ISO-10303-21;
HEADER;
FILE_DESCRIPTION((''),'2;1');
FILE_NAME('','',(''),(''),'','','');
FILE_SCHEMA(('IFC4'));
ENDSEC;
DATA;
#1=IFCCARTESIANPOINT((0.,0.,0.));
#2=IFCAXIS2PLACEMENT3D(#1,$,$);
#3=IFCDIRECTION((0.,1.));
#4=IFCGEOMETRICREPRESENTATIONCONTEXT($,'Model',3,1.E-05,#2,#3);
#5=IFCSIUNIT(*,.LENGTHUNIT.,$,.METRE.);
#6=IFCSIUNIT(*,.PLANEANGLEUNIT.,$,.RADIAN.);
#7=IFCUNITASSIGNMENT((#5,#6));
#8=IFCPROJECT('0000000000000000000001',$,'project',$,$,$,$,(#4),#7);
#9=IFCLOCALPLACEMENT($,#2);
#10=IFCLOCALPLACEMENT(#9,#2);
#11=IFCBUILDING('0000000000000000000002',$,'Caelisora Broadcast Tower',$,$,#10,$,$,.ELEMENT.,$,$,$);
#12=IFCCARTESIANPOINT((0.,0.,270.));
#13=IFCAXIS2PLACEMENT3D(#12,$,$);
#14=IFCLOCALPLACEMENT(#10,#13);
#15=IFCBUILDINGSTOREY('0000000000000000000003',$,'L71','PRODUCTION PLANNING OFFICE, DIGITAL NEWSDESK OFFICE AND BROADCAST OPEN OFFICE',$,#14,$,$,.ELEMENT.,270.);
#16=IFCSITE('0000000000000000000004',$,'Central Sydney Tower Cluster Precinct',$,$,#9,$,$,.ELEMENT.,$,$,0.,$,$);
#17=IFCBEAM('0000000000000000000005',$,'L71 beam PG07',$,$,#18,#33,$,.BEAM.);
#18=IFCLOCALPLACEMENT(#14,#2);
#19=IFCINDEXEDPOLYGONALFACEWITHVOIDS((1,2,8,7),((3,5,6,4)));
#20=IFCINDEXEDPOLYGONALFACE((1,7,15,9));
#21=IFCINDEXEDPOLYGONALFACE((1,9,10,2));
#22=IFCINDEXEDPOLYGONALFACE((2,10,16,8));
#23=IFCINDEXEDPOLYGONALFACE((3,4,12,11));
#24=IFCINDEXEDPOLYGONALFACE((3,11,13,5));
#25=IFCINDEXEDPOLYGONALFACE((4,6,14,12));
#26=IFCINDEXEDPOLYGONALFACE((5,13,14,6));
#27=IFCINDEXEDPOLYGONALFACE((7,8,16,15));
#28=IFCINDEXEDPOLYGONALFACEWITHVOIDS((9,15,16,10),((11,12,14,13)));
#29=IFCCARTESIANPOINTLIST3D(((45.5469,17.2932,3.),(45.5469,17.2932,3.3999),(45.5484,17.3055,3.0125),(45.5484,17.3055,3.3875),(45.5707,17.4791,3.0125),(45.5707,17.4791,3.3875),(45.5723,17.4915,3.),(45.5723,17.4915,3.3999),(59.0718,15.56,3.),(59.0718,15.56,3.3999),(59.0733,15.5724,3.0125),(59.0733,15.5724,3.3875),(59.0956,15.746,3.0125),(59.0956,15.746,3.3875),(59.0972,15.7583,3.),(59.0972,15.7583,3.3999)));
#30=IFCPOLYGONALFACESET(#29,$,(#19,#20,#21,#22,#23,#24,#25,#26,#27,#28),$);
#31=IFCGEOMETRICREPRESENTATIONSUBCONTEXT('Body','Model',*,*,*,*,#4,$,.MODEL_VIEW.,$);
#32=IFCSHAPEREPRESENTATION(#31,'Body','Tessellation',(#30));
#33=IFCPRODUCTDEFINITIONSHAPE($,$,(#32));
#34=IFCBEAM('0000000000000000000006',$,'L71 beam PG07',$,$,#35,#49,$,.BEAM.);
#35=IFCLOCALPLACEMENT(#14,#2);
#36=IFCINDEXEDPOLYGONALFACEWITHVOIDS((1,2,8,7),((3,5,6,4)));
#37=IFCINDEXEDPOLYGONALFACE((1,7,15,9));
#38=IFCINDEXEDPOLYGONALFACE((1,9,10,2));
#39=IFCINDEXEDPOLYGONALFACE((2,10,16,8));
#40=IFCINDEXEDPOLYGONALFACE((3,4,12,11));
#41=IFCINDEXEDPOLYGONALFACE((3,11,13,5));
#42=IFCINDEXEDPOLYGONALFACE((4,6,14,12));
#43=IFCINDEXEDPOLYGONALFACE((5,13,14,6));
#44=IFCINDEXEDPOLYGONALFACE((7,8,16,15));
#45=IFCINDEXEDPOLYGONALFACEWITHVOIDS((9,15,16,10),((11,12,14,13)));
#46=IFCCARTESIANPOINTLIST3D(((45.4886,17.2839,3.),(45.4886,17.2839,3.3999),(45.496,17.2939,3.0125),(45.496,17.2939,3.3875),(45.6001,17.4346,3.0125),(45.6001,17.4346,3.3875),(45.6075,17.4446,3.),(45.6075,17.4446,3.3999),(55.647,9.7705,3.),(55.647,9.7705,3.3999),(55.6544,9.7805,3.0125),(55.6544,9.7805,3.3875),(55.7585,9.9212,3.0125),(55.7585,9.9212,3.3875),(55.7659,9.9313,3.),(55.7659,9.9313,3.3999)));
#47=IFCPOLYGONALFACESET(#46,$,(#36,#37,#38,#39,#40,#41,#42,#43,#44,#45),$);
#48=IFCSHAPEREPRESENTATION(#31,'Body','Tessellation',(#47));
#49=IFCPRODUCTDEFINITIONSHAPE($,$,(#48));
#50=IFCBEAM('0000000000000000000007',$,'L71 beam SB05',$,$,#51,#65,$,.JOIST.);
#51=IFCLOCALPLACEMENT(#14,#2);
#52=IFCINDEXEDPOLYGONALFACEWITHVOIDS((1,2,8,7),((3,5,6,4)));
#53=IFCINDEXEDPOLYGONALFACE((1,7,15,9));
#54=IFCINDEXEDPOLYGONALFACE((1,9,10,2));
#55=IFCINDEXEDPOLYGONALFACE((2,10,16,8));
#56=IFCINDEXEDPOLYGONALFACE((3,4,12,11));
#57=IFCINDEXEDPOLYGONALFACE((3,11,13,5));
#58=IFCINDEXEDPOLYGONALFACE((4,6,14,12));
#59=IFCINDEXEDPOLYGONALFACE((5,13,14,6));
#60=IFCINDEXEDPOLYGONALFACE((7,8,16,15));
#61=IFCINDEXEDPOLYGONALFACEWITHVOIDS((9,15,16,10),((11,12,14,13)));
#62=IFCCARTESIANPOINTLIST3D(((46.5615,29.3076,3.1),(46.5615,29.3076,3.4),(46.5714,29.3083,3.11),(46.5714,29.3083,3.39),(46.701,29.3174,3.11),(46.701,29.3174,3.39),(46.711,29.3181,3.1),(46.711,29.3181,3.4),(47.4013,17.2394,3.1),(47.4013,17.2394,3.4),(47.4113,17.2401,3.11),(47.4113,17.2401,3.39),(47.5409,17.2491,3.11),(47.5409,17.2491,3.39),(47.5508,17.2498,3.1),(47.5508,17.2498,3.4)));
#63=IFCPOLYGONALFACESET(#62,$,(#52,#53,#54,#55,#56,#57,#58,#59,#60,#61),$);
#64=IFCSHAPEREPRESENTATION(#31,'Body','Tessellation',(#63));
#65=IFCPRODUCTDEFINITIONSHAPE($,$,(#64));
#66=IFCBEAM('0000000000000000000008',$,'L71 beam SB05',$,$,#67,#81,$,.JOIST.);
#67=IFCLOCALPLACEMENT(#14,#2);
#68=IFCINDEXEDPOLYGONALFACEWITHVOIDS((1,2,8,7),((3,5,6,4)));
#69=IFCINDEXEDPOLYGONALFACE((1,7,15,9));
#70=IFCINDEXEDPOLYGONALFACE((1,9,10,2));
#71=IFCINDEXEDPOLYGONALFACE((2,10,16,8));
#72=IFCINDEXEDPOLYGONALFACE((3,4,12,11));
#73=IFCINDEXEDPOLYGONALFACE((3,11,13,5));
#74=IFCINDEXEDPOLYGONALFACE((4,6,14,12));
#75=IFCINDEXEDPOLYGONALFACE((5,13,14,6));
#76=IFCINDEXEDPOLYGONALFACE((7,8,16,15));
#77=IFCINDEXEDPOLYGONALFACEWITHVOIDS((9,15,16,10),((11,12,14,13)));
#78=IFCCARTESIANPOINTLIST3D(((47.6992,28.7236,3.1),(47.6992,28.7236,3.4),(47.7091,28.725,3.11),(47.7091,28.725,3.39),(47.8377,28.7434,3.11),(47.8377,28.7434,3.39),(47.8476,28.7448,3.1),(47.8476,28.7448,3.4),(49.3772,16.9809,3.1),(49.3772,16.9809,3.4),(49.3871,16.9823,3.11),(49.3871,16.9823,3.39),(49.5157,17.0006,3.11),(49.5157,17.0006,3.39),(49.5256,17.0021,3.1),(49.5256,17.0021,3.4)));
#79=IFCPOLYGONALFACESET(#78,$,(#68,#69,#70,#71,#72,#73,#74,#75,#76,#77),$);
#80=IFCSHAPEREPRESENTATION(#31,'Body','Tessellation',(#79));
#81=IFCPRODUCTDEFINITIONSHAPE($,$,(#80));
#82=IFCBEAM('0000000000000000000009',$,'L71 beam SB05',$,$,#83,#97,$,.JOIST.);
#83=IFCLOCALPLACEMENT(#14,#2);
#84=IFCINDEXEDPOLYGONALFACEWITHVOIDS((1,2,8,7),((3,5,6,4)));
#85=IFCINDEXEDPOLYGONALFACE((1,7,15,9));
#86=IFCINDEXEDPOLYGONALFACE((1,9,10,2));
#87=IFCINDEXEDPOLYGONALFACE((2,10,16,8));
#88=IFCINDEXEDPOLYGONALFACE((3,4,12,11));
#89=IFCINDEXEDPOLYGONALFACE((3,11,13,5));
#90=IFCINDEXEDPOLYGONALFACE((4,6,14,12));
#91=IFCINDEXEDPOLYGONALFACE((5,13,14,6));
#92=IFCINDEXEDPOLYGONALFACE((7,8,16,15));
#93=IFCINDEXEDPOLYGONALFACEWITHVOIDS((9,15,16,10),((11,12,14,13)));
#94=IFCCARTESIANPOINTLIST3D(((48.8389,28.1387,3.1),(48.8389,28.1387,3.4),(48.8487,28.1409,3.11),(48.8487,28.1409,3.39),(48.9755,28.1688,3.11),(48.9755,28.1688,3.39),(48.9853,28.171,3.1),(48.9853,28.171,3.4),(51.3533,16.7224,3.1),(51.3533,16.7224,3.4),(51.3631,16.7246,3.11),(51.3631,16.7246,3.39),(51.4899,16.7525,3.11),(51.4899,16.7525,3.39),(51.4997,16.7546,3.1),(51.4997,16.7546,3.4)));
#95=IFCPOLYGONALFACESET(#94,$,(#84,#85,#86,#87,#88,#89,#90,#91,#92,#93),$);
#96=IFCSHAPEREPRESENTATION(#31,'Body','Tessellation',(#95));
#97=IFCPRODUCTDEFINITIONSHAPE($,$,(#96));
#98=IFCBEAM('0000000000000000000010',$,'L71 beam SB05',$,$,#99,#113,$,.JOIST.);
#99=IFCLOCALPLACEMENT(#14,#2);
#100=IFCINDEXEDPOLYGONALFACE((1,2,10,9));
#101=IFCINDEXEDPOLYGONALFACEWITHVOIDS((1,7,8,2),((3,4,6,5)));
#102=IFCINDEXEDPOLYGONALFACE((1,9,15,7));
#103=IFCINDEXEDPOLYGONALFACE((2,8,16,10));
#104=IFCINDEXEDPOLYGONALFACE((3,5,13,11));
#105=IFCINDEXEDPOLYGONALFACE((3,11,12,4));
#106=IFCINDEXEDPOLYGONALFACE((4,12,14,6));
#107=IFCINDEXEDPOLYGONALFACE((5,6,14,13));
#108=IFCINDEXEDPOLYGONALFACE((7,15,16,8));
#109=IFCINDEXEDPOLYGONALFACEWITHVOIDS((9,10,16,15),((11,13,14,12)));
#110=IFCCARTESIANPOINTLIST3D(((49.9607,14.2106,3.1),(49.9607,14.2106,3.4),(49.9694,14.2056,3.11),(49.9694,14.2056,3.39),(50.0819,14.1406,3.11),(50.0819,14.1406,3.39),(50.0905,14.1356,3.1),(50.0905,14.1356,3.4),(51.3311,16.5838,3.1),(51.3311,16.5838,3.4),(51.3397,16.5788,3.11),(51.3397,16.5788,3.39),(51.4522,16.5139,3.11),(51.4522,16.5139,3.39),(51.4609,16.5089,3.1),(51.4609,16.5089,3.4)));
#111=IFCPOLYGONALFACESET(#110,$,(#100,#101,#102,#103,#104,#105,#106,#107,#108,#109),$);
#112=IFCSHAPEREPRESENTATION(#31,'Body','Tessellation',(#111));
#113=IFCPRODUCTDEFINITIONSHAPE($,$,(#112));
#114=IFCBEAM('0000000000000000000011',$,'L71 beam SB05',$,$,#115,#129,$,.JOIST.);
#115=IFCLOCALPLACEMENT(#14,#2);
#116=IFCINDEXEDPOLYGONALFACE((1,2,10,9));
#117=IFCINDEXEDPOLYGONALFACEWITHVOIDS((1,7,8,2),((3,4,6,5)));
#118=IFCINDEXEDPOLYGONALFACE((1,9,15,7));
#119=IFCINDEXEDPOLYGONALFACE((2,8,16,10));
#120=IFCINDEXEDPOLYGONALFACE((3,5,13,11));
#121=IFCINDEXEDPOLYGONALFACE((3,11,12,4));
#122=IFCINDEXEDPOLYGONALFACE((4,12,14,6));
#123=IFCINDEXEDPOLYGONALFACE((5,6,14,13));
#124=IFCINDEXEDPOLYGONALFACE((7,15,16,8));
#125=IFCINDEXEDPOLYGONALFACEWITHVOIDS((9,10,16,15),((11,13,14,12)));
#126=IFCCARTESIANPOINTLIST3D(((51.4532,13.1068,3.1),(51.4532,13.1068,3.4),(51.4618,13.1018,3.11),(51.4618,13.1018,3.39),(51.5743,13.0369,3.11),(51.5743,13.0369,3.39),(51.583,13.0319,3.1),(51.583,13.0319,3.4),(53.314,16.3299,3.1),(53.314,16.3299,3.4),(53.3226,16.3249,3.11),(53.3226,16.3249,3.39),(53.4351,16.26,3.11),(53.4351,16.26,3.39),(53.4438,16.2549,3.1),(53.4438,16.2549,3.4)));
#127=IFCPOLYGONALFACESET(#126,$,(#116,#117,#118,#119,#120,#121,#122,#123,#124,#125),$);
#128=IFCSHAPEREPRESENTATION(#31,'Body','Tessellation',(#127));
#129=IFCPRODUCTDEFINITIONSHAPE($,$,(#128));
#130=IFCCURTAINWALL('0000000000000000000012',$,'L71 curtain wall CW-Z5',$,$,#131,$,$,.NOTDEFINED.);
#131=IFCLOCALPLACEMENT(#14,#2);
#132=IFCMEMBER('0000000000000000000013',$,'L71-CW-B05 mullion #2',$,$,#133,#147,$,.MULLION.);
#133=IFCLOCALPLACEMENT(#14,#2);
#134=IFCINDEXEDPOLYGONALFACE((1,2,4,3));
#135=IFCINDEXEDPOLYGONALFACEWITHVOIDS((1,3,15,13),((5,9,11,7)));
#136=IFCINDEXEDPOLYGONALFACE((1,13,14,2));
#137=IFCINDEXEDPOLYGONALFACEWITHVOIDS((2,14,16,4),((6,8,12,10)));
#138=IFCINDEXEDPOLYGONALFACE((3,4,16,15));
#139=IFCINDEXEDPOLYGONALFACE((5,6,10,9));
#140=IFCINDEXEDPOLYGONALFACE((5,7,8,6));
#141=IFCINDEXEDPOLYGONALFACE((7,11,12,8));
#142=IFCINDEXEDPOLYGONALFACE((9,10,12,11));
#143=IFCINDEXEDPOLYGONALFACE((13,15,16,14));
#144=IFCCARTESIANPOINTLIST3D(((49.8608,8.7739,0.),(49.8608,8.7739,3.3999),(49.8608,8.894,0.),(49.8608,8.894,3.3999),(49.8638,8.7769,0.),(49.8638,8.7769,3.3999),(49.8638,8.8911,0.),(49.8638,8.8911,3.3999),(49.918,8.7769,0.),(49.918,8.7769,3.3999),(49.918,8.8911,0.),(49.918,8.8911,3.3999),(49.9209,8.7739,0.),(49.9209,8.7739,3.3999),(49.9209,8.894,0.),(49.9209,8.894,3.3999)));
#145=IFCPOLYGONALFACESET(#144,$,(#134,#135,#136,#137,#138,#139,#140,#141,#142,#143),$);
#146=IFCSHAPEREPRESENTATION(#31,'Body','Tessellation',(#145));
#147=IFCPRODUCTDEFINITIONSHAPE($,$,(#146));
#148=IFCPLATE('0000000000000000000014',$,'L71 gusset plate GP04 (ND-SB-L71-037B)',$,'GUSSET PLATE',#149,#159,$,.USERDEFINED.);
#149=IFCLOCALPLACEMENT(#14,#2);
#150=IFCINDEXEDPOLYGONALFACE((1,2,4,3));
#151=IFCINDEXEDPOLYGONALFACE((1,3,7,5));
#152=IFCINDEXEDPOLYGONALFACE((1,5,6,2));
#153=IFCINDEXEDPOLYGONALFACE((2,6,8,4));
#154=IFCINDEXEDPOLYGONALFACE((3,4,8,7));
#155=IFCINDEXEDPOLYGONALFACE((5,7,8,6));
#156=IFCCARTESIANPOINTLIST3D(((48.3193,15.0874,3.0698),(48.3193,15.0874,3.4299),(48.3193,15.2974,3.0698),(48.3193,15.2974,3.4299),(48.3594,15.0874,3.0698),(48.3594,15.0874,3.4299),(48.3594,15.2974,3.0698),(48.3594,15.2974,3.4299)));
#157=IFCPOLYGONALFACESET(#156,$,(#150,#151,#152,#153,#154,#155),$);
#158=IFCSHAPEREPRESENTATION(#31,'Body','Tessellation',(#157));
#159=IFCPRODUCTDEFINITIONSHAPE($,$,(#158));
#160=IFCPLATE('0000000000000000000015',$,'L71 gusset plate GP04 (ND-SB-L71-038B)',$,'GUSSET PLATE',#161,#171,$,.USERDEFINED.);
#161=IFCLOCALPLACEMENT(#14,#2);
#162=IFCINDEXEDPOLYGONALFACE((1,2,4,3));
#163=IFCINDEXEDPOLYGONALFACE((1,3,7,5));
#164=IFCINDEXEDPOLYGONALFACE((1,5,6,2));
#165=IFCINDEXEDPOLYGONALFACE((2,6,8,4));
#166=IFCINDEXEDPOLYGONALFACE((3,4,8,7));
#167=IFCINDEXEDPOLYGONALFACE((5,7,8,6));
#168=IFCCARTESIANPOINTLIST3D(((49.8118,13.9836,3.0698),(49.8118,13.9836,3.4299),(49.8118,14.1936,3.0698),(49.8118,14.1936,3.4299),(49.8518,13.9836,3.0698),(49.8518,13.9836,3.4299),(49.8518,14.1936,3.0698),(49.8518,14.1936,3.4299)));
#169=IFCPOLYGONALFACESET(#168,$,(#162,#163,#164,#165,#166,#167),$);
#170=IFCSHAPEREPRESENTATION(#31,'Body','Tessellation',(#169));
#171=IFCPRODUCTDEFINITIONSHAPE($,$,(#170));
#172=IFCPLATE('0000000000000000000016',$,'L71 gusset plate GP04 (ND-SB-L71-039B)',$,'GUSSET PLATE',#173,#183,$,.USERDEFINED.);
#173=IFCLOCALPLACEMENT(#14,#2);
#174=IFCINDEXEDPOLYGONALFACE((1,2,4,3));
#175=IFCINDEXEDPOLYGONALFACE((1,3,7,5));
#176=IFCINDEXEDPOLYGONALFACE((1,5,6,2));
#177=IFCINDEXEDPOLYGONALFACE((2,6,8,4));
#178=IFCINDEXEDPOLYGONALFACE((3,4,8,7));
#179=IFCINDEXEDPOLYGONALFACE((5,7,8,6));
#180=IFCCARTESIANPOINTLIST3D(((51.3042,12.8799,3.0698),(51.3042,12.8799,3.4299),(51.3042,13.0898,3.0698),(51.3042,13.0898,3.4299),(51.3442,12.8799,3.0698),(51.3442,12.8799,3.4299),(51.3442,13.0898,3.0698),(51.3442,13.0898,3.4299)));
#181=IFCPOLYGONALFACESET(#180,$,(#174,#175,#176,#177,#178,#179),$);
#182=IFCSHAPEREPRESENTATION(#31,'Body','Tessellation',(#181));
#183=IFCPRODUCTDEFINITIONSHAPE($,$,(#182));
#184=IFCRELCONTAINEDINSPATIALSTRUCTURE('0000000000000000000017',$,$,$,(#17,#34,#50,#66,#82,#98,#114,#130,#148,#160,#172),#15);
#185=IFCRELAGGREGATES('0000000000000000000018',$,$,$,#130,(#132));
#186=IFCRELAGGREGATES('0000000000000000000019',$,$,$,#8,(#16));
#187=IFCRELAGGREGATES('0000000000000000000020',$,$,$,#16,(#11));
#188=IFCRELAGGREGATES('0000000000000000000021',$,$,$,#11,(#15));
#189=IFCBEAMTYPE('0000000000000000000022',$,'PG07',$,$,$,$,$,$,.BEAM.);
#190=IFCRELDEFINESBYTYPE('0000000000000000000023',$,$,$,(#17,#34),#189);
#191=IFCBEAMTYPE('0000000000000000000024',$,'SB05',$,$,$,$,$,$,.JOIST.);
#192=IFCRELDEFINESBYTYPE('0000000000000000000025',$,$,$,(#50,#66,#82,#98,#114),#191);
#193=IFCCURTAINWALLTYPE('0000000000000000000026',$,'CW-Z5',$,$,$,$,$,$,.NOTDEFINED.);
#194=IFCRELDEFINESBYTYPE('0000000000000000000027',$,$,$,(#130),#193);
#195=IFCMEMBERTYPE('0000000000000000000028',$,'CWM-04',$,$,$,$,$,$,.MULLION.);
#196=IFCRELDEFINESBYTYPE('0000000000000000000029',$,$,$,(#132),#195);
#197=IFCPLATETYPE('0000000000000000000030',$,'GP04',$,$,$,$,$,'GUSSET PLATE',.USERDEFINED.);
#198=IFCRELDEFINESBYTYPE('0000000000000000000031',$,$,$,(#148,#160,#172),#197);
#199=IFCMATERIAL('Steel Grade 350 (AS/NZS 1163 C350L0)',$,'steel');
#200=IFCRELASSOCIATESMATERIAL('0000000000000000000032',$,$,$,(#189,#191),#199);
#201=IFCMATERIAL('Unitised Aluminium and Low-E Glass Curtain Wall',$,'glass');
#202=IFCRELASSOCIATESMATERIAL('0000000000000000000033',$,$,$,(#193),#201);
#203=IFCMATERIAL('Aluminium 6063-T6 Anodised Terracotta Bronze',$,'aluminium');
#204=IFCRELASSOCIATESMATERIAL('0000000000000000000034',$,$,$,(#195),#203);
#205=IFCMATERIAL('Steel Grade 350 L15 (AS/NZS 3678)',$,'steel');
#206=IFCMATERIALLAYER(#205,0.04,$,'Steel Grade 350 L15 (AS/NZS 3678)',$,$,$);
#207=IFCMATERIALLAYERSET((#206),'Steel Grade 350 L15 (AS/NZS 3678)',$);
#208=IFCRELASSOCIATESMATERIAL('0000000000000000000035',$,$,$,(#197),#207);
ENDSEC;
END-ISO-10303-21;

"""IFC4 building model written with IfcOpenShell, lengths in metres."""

from ifc_helpers import new_model, si_unit, direction, frame, origin, origin_2d, place, context, subcontext, project, spatial, rectangle, hollow_rectangle, extrude, source, transform, mapped, material, layer, layer_set, material_profile, profile_set, type_object, type_shapes, element, aggregate, save


model = new_model("IFC4")

# Units and contexts
model_context = context("Model", 3, precision=1e-05, world=origin(), true_north=direction((0.0, 1.0)))
body_context = subcontext(model_context, "Body", "Model", "MODEL_VIEW")
ifc_project = project(units=[si_unit("LENGTHUNIT", "METRE"), si_unit("PLANEANGLEUNIT", "RADIAN")], contexts=[model_context])

# Site, building, storey
site_placement = place(None, origin())
site = spatial("IfcSite", under=ifc_project, at=site_placement, Name="Central Sydney Tower Cluster Precinct", CompositionType="ELEMENT", RefElevation=0.0)
building_placement = place(site_placement, origin())
building = spatial("IfcBuilding", under=site, at=building_placement, Name="Caelisora Broadcast Tower", CompositionType="ELEMENT")
storey_placement = place(building_placement, frame((0.0, 0.0, 270.0)))
storey = spatial("IfcBuildingStorey", under=building, at=storey_placement, Name="L71", Description="PRODUCTION PLANNING OFFICE, DIGITAL NEWSDESK OFFICE AND BROADCAST OPEN OFFICE", CompositionType="ELEMENT", Elevation=270.0)

# Beams
ifc_material_1 = material(Name="Steel Grade 350 (AS/NZS 1163 C350L0)", Category="steel")
ifc_material_profile_1 = material_profile(ifc_material_1, hollow_rectangle(XDim=0.2, YDim=0.3999, WallThickness=0.0125, at=origin_2d()), Name="Steel Grade 350 (AS/NZS 1163 C350L0)")
ifc_profile_set_1 = profile_set([ifc_material_profile_1], Name="Steel Grade 350 (AS/NZS 1163 C350L0)")
beam_type_1 = type_object("IfcBeamType", Name="PG07", PredefinedType="BEAM", material=ifc_profile_set_1)
shared_shape_1 = source(origin(), body_context, "Body", "SweptSolid", [
    extrude(hollow_rectangle(XDim=0.2, YDim=0.3999, WallThickness=0.0125, at=origin_2d()), origin(), (0.0, 0.0, 1.0), 13.6355),
])
beam_1_placement = place(storey_placement, frame((45.5596, 17.3923, 3.2), z_axis=(0.991889, -0.127106, 0.0), x_axis=(0.127106, 0.991889, 0.0)))
element("IfcBeam", 1, at=beam_1_placement, inside=storey, type_object=beam_type_1, Name="L71 beam PG07", PredefinedType="BEAM", context=body_context, shape_type="MappedRepresentation", body=[
    mapped(shared_shape_1, transform((0.0, 0.0, 0.0), scale=1.0)),
])
shared_shape_2 = source(origin(), body_context, "Body", "SweptSolid", [
    extrude(hollow_rectangle(XDim=0.2, YDim=0.3999, WallThickness=0.0125, at=origin_2d()), origin(), (0.0, 0.0, 1.0), 12.635),
])
type_shapes(beam_type_1, [shared_shape_1, shared_shape_2])
beam_2_placement = place(storey_placement, frame((45.5481, 17.3643, 3.2), z_axis=(0.803987, -0.594647, 0.0), x_axis=(0.594647, 0.803987, 0.0)))
element("IfcBeam", 2, at=beam_2_placement, inside=storey, type_object=beam_type_1, Name="L71 beam PG07", PredefinedType="BEAM", context=body_context, shape_type="MappedRepresentation", body=[
    mapped(shared_shape_2, transform((0.0, 0.0, 0.0), scale=1.0)),
])
ifc_material_profile_2 = material_profile(ifc_material_1, hollow_rectangle(XDim=0.1499, YDim=0.3, WallThickness=0.01, at=origin_2d()), Name="Steel Grade 350 (AS/NZS 1163 C350L0)")
ifc_profile_set_2 = profile_set([ifc_material_profile_2], Name="Steel Grade 350 (AS/NZS 1163 C350L0)")
beam_type_2 = type_object("IfcBeamType", Name="SB05", PredefinedType="JOIST", material=ifc_profile_set_2)
shared_shape_3 = source(origin(), body_context, "Body", "SweptSolid", [
    extrude(hollow_rectangle(XDim=0.1499, YDim=0.3, WallThickness=0.01, at=origin_2d()), origin(), (0.0, 0.0, 1.0), 12.0974),
])
beam_3_placement = place(storey_placement, frame((47.4761, 17.2446, 3.25), z_axis=(-0.069424, 0.997587, 0.0), x_axis=(-0.997587, -0.069424, 0.0)))
element("IfcBeam", 3, at=beam_3_placement, inside=storey, type_object=beam_type_2, Name="L71 beam SB05", PredefinedType="JOIST", context=body_context, shape_type="MappedRepresentation", body=[
    mapped(shared_shape_3, transform((0.0, 0.0, 0.0), scale=1.0)),
])
shared_shape_4 = source(origin(), body_context, "Body", "SweptSolid", [
    extrude(hollow_rectangle(XDim=0.1499, YDim=0.3, WallThickness=0.01, at=origin_2d()), origin(), (0.0, 0.0, 1.0), 11.8621),
])
beam_4_placement = place(storey_placement, frame((49.4514, 16.9915, 3.25), z_axis=(-0.141459, 0.989944, 0.0), x_axis=(-0.989944, -0.141459, 0.0)))
element("IfcBeam", 4, at=beam_4_placement, inside=storey, type_object=beam_type_2, Name="L71 beam SB05", PredefinedType="JOIST", context=body_context, shape_type="MappedRepresentation", body=[
    mapped(shared_shape_4, transform((0.0, 0.0, 0.0), scale=1.0)),
])
shared_shape_5 = source(origin(), body_context, "Body", "SweptSolid", [
    extrude(hollow_rectangle(XDim=0.1499, YDim=0.3, WallThickness=0.01, at=origin_2d()), origin(), (0.0, 0.0, 1.0), 11.6899),
])
beam_5_placement = place(storey_placement, frame((51.4265, 16.7385, 3.25), z_axis=(-0.215092, 0.976594, 0.0), x_axis=(-0.976594, -0.215092, 0.0)))
element("IfcBeam", 5, at=beam_5_placement, inside=storey, type_object=beam_type_2, Name="L71 beam SB05", PredefinedType="JOIST", context=body_context, shape_type="MappedRepresentation", body=[
    mapped(shared_shape_5, transform((0.0, 0.0, 0.0), scale=1.0)),
])
shared_shape_6 = source(origin(), body_context, "Body", "SweptSolid", [
    extrude(hollow_rectangle(XDim=0.1499, YDim=0.3, WallThickness=0.01, at=origin_2d()), origin(), (0.0, 0.0, 1.0), 2.7405),
])
beam_6_placement = place(storey_placement, frame((50.0256, 14.1731, 3.25), z_axis=(0.500039, 0.866003, 0.0), x_axis=(-0.866003, 0.500039, 0.0)))
element("IfcBeam", 6, at=beam_6_placement, inside=storey, type_object=beam_type_2, Name="L71 beam SB05", PredefinedType="JOIST", context=body_context, shape_type="MappedRepresentation", body=[
    mapped(shared_shape_6, transform((0.0, 0.0, 0.0), scale=1.0)),
])
shared_shape_7 = source(origin(), body_context, "Body", "SweptSolid", [
    extrude(hollow_rectangle(XDim=0.1499, YDim=0.3, WallThickness=0.01, at=origin_2d()), origin(), (0.0, 0.0, 1.0), 3.7217),
])
type_shapes(beam_type_2, [shared_shape_3, shared_shape_4, shared_shape_5, shared_shape_6, shared_shape_7])
beam_7_placement = place(storey_placement, frame((51.5181, 13.0693, 3.25), z_axis=(0.499991, 0.86603, 0.0), x_axis=(-0.86603, 0.499991, 0.0)))
element("IfcBeam", 7, at=beam_7_placement, inside=storey, type_object=beam_type_2, Name="L71 beam SB05", PredefinedType="JOIST", context=body_context, shape_type="MappedRepresentation", body=[
    mapped(shared_shape_7, transform((0.0, 0.0, 0.0), scale=1.0)),
])

# Curtain wall, member
ifc_material_2 = material(Name="Unitised Aluminium and Low-E Glass Curtain Wall", Category="glass")
curtain_wall_type = type_object("IfcCurtainWallType", Name="CW-Z5", PredefinedType="NOTDEFINED", material=ifc_material_2)
curtain_wall_placement = place(storey_placement, origin())
curtain_wall = element("IfcCurtainWall", 8, at=curtain_wall_placement, inside=storey, type_object=curtain_wall_type, Name="L71 curtain wall CW-Z5", PredefinedType="NOTDEFINED")
ifc_material_3 = material(Name="Aluminium 6063-T6 Anodised Terracotta Bronze", Category="aluminium")
ifc_material_profile_3 = material_profile(ifc_material_3, hollow_rectangle(XDim=0.0601, YDim=0.1201, WallThickness=0.0029, at=origin_2d()), Name="Aluminium 6063-T6 Anodised Terracotta Bronze")
ifc_profile_set_3 = profile_set([ifc_material_profile_3], Name="Aluminium 6063-T6 Anodised Terracotta Bronze")
member_type = type_object("IfcMemberType", Name="CWM-04", PredefinedType="MULLION", material=ifc_profile_set_3)
shared_shape_8 = source(origin(), body_context, "Body", "SweptSolid", [
    extrude(hollow_rectangle(XDim=0.0601, YDim=0.1201, WallThickness=0.0029, at=origin_2d()), origin(), (0.0, 0.0, 1.0), 3.3999),
])
type_shapes(member_type, [shared_shape_8])
member_placement = place(storey_placement, frame((49.8909, 8.834, 0.0), z_axis=(0.0, 0.0, 1.0), x_axis=(1.0, 0.0, 0.0)))
member = element("IfcMember", 9, at=member_placement, type_object=member_type, Name="L71-CW-B05 mullion #2", PredefinedType="MULLION", context=body_context, shape_type="MappedRepresentation", body=[
    mapped(shared_shape_8, transform((0.0, 0.0, 0.0), scale=1.0)),
])

# Plates
ifc_material_4 = material(Name="Steel Grade 350 L15 (AS/NZS 3678)", Category="steel")
ifc_layer_1 = layer(ifc_material_4, 0.04, Name="Steel Grade 350 L15 (AS/NZS 3678)")
ifc_layer_set_1 = layer_set([ifc_layer_1], Name="Steel Grade 350 L15 (AS/NZS 3678)")
plate_type_1 = type_object("IfcPlateType", Name="GP04", ElementType="GUSSET PLATE", PredefinedType="USERDEFINED", material=ifc_layer_set_1)
shared_shape_9 = source(origin(), body_context, "Body", "SweptSolid", [
    extrude(rectangle(XDim=0.21, YDim=0.04, at=origin_2d()), origin(), (0.0, 0.0, 1.0), 0.3601),
])
type_shapes(plate_type_1, [shared_shape_9])
for number, where, z_axis, x_axis, name in (
    (10, (48.3394, 15.1924, 3.0698), (0.0, 0.0, 1.0), (0.0, 1.0, 0.0), "L71 gusset plate GP04 (ND-SB-L71-037B)"),
    (11, (49.8318, 14.0886, 3.0698), (0.0, 0.0, 1.0), (0.0, 1.0, 0.0), "L71 gusset plate GP04 (ND-SB-L71-038B)"),
    (12, (51.3242, 12.9849, 3.0698), (0.0, 0.0, 1.0), (0.0, 1.0, 0.0), "L71 gusset plate GP04 (ND-SB-L71-039B)"),
):
    element("IfcPlate", number, at=place(storey_placement, frame(where, z_axis=z_axis, x_axis=x_axis)), inside=storey, type_object=plate_type_1, Name=name, ObjectType="GUSSET PLATE", PredefinedType="USERDEFINED", context=body_context, shape_type="MappedRepresentation", body=[
        mapped(shared_shape_9, transform((0.0, 0.0, 0.0), scale=1.0)),
    ])

aggregate(curtain_wall, [member])

save(model, "model.ifc")
